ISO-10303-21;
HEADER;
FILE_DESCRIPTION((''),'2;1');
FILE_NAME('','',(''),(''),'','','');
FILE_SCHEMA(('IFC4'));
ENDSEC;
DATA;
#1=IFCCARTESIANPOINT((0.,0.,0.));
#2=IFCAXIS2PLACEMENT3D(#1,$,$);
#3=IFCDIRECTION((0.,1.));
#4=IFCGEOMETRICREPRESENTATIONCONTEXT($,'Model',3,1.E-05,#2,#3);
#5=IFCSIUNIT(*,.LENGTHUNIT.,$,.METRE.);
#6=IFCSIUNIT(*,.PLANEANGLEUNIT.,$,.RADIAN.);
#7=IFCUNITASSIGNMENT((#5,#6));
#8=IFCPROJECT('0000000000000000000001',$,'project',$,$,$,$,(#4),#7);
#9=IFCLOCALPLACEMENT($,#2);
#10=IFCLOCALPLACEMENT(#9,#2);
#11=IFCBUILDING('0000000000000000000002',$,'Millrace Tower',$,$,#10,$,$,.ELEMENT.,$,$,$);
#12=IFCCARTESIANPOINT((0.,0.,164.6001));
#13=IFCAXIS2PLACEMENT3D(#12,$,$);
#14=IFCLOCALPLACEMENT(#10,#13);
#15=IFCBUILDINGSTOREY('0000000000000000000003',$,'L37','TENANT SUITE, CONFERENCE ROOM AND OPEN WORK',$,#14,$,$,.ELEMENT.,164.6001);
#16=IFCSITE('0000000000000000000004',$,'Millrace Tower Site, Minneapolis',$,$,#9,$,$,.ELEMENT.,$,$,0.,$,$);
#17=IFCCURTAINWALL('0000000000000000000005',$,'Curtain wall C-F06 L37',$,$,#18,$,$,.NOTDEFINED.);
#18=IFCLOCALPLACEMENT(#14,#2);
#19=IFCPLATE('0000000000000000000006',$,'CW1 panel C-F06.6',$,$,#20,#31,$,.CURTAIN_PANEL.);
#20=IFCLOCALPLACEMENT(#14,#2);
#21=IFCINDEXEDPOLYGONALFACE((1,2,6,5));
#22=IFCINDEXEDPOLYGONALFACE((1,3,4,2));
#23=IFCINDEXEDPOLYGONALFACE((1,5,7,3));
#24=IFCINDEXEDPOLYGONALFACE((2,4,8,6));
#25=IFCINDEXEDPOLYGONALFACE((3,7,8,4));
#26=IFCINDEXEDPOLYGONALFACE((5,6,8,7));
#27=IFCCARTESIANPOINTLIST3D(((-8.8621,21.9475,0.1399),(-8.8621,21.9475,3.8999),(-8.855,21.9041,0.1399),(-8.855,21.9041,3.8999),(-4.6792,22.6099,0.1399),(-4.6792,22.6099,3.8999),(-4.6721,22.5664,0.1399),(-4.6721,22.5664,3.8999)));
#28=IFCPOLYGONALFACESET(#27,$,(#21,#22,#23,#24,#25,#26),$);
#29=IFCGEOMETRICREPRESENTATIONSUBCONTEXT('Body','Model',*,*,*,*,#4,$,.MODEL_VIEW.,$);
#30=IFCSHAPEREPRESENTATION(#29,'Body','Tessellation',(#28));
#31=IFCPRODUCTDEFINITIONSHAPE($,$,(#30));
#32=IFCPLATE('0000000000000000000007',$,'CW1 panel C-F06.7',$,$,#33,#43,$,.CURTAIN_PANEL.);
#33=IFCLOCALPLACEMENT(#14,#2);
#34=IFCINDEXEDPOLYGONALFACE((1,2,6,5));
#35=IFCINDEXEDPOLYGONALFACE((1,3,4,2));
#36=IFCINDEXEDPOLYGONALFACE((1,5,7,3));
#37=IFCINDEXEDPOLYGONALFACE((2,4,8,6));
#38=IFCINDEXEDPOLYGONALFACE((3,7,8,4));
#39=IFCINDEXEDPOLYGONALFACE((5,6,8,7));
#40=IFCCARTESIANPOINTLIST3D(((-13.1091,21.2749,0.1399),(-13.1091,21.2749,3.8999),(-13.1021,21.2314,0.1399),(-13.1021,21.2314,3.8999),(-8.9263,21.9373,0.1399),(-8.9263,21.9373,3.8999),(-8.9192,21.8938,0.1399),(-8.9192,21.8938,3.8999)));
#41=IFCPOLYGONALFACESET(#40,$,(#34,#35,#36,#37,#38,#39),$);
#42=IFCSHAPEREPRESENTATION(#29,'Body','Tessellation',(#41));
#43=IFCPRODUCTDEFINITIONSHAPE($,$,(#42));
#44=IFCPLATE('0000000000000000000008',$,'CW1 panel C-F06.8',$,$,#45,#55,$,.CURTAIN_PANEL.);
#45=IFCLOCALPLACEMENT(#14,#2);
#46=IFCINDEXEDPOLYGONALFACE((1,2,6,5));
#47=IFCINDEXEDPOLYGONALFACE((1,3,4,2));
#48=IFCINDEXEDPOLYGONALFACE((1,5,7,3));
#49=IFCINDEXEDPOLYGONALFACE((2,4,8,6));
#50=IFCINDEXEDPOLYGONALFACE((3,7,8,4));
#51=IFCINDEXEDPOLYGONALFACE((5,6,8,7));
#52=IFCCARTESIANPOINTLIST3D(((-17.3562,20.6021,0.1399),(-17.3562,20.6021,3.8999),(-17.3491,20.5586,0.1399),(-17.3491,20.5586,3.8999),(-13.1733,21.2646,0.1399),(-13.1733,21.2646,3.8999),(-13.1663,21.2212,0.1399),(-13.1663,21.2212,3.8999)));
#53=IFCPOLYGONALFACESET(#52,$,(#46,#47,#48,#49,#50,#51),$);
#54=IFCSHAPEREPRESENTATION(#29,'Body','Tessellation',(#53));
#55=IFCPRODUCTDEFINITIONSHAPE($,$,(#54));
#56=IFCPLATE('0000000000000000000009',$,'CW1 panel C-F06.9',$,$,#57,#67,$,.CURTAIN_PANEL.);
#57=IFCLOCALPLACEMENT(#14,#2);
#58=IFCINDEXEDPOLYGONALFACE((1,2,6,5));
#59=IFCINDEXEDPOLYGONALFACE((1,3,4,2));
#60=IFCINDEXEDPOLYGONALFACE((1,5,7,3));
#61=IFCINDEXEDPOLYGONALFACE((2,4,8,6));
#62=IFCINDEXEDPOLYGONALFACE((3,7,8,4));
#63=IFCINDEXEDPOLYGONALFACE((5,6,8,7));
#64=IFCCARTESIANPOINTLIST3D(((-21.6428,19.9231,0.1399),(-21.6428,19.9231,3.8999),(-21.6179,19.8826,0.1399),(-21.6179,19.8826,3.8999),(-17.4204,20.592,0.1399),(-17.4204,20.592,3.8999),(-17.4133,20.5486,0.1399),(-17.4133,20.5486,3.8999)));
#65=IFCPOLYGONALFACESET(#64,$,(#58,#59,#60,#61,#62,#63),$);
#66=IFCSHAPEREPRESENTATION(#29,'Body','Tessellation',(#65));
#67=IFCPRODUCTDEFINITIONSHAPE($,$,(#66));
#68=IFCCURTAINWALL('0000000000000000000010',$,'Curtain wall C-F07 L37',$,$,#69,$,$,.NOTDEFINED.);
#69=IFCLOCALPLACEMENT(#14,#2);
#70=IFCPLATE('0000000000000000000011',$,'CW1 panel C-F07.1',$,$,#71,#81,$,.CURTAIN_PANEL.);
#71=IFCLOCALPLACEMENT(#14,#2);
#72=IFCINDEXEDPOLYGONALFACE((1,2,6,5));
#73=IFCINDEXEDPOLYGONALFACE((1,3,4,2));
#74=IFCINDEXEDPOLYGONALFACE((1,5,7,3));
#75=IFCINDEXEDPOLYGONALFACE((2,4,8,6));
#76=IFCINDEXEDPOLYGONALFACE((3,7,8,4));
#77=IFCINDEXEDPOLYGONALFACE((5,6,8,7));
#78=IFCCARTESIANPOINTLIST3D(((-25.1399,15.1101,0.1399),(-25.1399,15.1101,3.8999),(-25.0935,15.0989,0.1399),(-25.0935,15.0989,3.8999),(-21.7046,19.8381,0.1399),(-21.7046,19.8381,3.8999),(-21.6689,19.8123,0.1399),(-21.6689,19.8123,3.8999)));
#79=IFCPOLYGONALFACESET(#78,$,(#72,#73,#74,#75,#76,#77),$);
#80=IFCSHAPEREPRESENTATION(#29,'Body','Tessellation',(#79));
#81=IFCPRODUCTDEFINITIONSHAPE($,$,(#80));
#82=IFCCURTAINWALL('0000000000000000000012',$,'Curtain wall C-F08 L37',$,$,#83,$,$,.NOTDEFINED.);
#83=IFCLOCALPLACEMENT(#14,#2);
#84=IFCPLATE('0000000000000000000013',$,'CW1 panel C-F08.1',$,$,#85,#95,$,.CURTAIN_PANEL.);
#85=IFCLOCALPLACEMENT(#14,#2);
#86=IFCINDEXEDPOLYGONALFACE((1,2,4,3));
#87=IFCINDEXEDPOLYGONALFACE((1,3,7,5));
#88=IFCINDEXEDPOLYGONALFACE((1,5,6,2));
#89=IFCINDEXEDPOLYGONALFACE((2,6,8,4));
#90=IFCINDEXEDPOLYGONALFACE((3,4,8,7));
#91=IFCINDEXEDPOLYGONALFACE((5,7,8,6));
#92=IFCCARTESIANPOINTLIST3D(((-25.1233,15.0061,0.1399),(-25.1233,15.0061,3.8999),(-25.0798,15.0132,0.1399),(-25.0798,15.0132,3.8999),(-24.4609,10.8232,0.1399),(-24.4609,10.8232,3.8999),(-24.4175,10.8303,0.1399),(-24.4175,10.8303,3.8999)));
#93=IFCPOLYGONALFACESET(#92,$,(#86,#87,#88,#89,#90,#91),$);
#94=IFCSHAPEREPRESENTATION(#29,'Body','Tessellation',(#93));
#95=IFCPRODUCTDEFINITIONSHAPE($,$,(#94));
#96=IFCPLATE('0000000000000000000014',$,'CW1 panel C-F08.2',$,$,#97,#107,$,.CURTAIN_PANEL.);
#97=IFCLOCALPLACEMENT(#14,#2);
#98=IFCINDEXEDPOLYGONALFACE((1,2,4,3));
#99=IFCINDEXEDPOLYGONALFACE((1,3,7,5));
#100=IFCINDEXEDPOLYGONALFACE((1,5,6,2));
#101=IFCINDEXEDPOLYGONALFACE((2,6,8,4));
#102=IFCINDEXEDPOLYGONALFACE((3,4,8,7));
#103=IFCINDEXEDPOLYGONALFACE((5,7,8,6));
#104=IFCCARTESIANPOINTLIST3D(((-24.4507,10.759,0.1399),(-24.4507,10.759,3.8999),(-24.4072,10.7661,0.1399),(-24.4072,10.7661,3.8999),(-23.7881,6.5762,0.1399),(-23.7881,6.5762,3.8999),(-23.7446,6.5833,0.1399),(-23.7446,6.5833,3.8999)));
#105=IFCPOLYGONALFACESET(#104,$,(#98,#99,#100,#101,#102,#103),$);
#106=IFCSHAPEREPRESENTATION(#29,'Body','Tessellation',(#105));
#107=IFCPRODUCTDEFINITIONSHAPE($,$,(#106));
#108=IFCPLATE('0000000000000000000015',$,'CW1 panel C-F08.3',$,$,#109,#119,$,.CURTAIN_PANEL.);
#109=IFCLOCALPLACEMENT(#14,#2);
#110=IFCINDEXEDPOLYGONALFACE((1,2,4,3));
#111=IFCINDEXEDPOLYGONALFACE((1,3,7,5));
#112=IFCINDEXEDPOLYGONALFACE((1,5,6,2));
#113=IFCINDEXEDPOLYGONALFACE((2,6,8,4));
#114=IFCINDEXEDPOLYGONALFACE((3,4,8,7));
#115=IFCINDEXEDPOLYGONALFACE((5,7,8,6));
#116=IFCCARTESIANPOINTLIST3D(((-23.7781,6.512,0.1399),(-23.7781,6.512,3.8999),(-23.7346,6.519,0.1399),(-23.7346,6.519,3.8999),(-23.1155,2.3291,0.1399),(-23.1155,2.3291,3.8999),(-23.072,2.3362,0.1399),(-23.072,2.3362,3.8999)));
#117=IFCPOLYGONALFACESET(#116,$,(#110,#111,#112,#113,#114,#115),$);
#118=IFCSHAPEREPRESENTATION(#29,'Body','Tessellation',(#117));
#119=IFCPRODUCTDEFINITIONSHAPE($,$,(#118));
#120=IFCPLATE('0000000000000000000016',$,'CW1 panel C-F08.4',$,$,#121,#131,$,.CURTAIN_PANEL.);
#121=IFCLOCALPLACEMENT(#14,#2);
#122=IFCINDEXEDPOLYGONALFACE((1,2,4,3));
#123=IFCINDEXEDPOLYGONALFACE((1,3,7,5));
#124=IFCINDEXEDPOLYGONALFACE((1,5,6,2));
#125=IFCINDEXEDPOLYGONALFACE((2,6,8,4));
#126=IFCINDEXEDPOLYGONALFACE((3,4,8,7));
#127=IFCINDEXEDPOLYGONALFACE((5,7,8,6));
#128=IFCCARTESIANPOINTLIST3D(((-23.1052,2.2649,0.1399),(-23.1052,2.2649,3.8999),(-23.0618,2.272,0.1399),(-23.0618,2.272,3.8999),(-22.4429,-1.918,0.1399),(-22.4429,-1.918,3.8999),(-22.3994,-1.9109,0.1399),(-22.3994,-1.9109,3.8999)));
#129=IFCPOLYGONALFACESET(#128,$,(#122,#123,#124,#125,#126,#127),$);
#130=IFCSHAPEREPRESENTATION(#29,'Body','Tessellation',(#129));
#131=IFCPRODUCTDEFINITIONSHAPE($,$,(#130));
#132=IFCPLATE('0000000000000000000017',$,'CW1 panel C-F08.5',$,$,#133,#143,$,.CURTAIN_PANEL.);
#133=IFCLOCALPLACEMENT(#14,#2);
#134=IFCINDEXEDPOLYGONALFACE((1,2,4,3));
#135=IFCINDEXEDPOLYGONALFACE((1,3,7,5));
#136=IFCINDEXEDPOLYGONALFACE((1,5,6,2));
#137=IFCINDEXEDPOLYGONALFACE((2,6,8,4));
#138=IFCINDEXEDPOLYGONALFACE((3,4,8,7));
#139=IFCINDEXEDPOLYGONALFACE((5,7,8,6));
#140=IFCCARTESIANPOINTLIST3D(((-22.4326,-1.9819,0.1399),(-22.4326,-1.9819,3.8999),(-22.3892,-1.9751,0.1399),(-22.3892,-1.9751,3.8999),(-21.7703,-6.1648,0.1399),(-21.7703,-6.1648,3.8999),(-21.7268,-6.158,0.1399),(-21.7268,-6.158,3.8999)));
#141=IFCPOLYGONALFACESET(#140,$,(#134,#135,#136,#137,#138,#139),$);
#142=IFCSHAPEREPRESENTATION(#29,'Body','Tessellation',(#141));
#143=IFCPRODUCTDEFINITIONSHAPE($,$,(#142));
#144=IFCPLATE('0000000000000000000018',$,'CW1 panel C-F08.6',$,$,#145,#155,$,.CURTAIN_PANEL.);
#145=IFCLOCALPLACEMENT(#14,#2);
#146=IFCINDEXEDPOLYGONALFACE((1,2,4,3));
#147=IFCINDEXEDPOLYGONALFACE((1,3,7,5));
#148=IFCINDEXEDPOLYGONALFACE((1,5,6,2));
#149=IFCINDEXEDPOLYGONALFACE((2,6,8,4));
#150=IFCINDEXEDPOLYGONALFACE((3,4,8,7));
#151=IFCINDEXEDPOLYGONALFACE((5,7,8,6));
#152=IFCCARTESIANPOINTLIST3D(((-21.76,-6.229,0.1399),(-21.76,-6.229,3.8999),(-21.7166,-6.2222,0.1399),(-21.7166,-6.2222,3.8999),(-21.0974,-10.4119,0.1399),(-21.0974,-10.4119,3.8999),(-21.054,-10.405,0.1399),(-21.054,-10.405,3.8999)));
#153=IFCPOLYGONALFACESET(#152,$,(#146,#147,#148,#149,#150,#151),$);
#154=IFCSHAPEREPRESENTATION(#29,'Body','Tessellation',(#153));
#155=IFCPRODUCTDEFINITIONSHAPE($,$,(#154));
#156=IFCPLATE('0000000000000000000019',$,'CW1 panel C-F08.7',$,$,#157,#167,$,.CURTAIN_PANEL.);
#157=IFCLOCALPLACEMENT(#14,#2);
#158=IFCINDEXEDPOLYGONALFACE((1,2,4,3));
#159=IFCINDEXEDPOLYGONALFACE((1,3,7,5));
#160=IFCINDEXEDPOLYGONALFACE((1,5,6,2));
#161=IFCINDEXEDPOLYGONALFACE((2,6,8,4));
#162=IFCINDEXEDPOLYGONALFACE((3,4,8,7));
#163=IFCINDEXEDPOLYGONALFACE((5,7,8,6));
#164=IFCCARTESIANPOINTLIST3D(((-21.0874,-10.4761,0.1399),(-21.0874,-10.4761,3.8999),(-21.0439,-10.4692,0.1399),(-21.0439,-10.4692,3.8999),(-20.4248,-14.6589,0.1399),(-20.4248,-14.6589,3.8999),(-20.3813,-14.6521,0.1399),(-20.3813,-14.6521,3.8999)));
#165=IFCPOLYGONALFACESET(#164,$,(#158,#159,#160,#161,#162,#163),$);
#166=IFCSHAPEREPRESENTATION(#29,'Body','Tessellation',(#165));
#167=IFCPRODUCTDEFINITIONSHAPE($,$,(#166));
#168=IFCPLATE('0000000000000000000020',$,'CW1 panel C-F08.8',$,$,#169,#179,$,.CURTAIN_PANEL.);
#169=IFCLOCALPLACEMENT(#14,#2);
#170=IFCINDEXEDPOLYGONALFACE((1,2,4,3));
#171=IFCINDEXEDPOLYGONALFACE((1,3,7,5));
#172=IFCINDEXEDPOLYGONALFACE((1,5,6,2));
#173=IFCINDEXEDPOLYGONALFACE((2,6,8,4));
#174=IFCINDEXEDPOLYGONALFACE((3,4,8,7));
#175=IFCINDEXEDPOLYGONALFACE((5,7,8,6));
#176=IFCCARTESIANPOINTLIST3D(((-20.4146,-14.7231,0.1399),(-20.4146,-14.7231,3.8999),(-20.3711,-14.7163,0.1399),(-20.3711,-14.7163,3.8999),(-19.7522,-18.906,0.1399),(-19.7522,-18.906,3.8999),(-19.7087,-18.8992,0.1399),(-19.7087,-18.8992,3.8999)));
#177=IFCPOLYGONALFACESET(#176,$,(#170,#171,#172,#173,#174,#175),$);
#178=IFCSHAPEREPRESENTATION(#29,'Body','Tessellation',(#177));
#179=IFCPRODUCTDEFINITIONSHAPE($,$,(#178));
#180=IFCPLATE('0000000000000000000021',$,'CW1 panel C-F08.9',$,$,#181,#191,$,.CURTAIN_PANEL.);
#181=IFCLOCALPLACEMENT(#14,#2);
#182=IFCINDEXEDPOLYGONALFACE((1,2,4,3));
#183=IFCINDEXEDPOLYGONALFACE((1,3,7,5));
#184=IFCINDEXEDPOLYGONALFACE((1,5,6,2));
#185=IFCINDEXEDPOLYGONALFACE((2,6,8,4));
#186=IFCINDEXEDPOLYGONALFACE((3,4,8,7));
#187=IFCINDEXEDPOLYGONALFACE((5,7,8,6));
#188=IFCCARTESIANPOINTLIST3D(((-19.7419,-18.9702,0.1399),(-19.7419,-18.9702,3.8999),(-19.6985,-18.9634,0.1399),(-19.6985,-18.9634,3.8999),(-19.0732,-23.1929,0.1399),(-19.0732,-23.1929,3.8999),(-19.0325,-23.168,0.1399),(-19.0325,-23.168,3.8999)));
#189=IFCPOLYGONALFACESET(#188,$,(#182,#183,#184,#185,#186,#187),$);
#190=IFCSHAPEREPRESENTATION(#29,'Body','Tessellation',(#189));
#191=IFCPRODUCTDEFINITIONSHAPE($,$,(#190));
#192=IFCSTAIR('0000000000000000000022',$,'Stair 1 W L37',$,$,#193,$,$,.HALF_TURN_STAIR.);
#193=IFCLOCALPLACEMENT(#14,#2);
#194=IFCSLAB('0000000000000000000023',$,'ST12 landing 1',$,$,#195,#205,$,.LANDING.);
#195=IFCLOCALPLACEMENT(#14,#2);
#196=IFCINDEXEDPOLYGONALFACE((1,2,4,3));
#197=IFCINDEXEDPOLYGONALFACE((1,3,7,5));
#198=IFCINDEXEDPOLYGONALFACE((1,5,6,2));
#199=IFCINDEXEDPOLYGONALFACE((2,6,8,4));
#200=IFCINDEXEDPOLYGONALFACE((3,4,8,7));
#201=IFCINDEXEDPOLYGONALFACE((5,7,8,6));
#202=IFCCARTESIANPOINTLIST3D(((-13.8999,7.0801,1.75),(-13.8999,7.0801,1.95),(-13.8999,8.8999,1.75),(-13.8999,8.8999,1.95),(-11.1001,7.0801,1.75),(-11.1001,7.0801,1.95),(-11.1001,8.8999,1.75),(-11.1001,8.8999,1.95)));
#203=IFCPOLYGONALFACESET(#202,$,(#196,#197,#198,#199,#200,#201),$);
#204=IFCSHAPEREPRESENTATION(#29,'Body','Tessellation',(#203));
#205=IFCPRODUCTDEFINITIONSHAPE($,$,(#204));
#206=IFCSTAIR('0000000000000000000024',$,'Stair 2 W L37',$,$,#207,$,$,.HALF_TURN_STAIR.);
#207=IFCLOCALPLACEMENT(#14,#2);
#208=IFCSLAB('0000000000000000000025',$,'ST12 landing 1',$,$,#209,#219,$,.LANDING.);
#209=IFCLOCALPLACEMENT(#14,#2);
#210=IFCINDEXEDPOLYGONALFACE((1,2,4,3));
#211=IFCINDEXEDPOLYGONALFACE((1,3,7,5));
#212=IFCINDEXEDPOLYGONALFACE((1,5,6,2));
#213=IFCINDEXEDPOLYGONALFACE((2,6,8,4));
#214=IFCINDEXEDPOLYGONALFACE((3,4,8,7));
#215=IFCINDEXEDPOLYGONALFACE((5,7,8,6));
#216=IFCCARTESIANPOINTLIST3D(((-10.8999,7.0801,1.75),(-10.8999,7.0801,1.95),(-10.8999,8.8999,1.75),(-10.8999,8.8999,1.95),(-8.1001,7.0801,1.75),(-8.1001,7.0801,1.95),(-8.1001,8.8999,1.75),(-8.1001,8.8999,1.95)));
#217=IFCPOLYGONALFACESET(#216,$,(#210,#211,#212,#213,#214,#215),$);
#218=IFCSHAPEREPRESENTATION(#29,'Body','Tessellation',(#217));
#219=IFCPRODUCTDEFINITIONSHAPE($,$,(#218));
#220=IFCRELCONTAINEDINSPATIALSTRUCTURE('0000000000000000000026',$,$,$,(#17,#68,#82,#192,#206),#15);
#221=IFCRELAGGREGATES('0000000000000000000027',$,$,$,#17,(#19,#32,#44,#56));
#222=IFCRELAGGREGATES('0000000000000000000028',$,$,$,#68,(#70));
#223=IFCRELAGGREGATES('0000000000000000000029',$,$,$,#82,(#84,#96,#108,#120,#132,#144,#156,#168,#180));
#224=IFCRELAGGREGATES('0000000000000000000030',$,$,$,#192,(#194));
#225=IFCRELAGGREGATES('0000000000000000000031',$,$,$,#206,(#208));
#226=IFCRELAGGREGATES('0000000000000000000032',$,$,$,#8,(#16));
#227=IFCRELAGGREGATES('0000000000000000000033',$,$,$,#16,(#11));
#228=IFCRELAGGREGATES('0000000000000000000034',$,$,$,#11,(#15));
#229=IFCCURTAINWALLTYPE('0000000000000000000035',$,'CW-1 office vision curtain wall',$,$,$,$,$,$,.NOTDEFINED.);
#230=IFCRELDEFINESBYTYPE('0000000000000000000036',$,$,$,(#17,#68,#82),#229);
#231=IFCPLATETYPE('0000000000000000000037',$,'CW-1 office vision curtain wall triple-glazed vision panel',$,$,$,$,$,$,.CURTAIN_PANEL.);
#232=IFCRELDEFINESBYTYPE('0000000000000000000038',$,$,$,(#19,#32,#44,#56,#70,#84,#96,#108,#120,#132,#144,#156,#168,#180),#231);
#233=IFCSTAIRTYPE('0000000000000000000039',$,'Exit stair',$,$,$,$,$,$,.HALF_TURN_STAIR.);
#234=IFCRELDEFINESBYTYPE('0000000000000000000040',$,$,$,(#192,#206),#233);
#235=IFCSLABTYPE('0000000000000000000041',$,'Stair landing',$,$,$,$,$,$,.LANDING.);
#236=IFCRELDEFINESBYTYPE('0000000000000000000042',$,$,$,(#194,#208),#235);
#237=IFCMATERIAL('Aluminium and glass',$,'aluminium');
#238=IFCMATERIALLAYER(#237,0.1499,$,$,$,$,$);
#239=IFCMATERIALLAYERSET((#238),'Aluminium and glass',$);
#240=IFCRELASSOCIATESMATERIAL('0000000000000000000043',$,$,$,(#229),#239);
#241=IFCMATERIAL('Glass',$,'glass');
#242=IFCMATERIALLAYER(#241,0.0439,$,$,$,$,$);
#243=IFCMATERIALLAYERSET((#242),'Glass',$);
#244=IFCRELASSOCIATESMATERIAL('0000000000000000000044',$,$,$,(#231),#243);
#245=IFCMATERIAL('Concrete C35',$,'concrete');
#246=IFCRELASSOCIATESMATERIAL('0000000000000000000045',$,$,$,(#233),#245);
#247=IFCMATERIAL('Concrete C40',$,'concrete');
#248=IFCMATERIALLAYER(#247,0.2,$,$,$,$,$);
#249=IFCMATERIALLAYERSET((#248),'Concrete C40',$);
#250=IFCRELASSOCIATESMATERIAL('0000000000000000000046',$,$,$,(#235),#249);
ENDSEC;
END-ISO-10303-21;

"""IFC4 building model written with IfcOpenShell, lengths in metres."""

from ifc_helpers import new_model, si_unit, direction, frame, origin, place, context, subcontext, project, spatial, polyline, outline, extrude, material, layer, layer_set, type_object, element, aggregate, save


model = new_model("IFC4")

# Units and contexts
model_context = context("Model", 3, precision=1e-05, world=origin(), true_north=direction((0.0, 1.0)))
body_context = subcontext(model_context, "Body", "Model", "MODEL_VIEW")
ifc_project = project(units=[si_unit("LENGTHUNIT", "METRE"), si_unit("PLANEANGLEUNIT", "RADIAN")], contexts=[model_context])

# Site, building, storey
site_placement = place(None, origin())
site = spatial("IfcSite", under=ifc_project, at=site_placement, Name="Millrace Tower Site, Minneapolis", CompositionType="ELEMENT", RefElevation=0.0)
building_placement = place(site_placement, origin())
building = spatial("IfcBuilding", under=site, at=building_placement, Name="Millrace Tower", CompositionType="ELEMENT")
storey_placement = place(building_placement, frame((0.0, 0.0, 164.6001)))
storey = spatial("IfcBuildingStorey", under=building, at=storey_placement, Name="L37", Description="TENANT SUITE, CONFERENCE ROOM AND OPEN WORK", CompositionType="ELEMENT", Elevation=164.6001)

# Curtain wall, plates
ifc_material_1 = material(Name="Aluminium and glass", Category="aluminium")
ifc_layer_1 = layer(ifc_material_1, 0.1499)
ifc_layer_set_1 = layer_set([ifc_layer_1], Name="Aluminium and glass")
curtain_wall_type = type_object("IfcCurtainWallType", Name="CW-1 office vision curtain wall", PredefinedType="NOTDEFINED", material=ifc_layer_set_1)
placement_1 = place(storey_placement, origin())
curtain_wall_1 = element("IfcCurtainWall", 1, at=placement_1, inside=storey, type_object=curtain_wall_type, Name="Curtain wall C-F06 L37", PredefinedType="NOTDEFINED")
ifc_material_2 = material(Name="Glass", Category="glass")
ifc_layer_2 = layer(ifc_material_2, 0.0439)
ifc_layer_set_2 = layer_set([ifc_layer_2], Name="Glass")
plate_type = type_object("IfcPlateType", Name="CW-1 office vision curtain wall triple-glazed vision panel", PredefinedType="CURTAIN_PANEL", material=ifc_layer_set_2)
placement_2 = place(storey_placement, frame((0.0, 0.0, 0.1399)))
plate_1 = element("IfcPlate", 2, at=placement_2, type_object=plate_type, Name="CW1 panel C-F06.6", PredefinedType="CURTAIN_PANEL", context=body_context, shape_type="SweptSolid", body=[
    extrude(outline(polyline([(-4.6792, 22.6099), (-8.8621, 21.9475), (-8.855, 21.9041), (-4.6721, 22.5664), (-4.6792, 22.6099)])), origin(), (0.0, 0.0, 1.0), 3.76),
])
plate_2 = element("IfcPlate", 3, at=placement_2, type_object=plate_type, Name="CW1 panel C-F06.7", PredefinedType="CURTAIN_PANEL", context=body_context, shape_type="SweptSolid", body=[
    extrude(outline(polyline([(-8.9263, 21.9373), (-13.1091, 21.2749), (-13.1021, 21.2314), (-8.9192, 21.8938), (-8.9263, 21.9373)])), origin(), (0.0, 0.0, 1.0), 3.76),
])
plate_3 = element("IfcPlate", 4, at=placement_2, type_object=plate_type, Name="CW1 panel C-F06.8", PredefinedType="CURTAIN_PANEL", context=body_context, shape_type="SweptSolid", body=[
    extrude(outline(polyline([(-13.1733, 21.2646), (-17.3562, 20.6021), (-17.3491, 20.5586), (-13.1663, 21.2212), (-13.1733, 21.2646)])), origin(), (0.0, 0.0, 1.0), 3.76),
])
plate_4 = element("IfcPlate", 5, at=placement_2, type_object=plate_type, Name="CW1 panel C-F06.9", PredefinedType="CURTAIN_PANEL", context=body_context, shape_type="SweptSolid", body=[
    extrude(outline(polyline([(-17.4204, 20.592), (-21.6428, 19.9231), (-21.6179, 19.8826), (-17.4133, 20.5486), (-17.4204, 20.592)])), origin(), (0.0, 0.0, 1.0), 3.76),
])
aggregate(curtain_wall_1, [plate_1, plate_2, plate_3, plate_4])

# Curtain wall, plate
curtain_wall_2 = element("IfcCurtainWall", 6, at=placement_1, inside=storey, type_object=curtain_wall_type, Name="Curtain wall C-F07 L37", PredefinedType="NOTDEFINED")
plate_5 = element("IfcPlate", 7, at=placement_2, type_object=plate_type, Name="CW1 panel C-F07.1", PredefinedType="CURTAIN_PANEL", context=body_context, shape_type="SweptSolid", body=[
    extrude(outline(polyline([(-21.7046, 19.8381), (-25.1399, 15.1101), (-25.0935, 15.0989), (-21.6689, 19.8123), (-21.7046, 19.8381)])), origin(), (0.0, 0.0, 1.0), 3.76),
])
aggregate(curtain_wall_2, [plate_5])

# Curtain wall, plates
curtain_wall_3 = element("IfcCurtainWall", 8, at=placement_1, inside=storey, type_object=curtain_wall_type, Name="Curtain wall C-F08 L37", PredefinedType="NOTDEFINED")
plate_6 = element("IfcPlate", 9, at=placement_2, type_object=plate_type, Name="CW1 panel C-F08.1", PredefinedType="CURTAIN_PANEL", context=body_context, shape_type="SweptSolid", body=[
    extrude(outline(polyline([(-25.1233, 15.0061), (-24.4609, 10.8232), (-24.4175, 10.8303), (-25.0798, 15.0132), (-25.1233, 15.0061)])), origin(), (0.0, 0.0, 1.0), 3.76),
])
plate_7 = element("IfcPlate", 10, at=placement_2, type_object=plate_type, Name="CW1 panel C-F08.2", PredefinedType="CURTAIN_PANEL", context=body_context, shape_type="SweptSolid", body=[
    extrude(outline(polyline([(-24.4507, 10.759), (-23.7881, 6.5762), (-23.7446, 6.5833), (-24.4072, 10.7661), (-24.4507, 10.759)])), origin(), (0.0, 0.0, 1.0), 3.76),
])
plate_8 = element("IfcPlate", 11, at=placement_2, type_object=plate_type, Name="CW1 panel C-F08.3", PredefinedType="CURTAIN_PANEL", context=body_context, shape_type="SweptSolid", body=[
    extrude(outline(polyline([(-23.7781, 6.512), (-23.1155, 2.3291), (-23.072, 2.3362), (-23.7346, 6.519), (-23.7781, 6.512)])), origin(), (0.0, 0.0, 1.0), 3.76),
])
plate_9 = element("IfcPlate", 12, at=placement_2, type_object=plate_type, Name="CW1 panel C-F08.4", PredefinedType="CURTAIN_PANEL", context=body_context, shape_type="SweptSolid", body=[
    extrude(outline(polyline([(-23.1052, 2.2649), (-22.4429, -1.918), (-22.3994, -1.9109), (-23.0618, 2.272), (-23.1052, 2.2649)])), origin(), (0.0, 0.0, 1.0), 3.76),
])
plate_10 = element("IfcPlate", 13, at=placement_2, type_object=plate_type, Name="CW1 panel C-F08.5", PredefinedType="CURTAIN_PANEL", context=body_context, shape_type="SweptSolid", body=[
    extrude(outline(polyline([(-22.4326, -1.9819), (-21.7703, -6.1648), (-21.7268, -6.158), (-22.3892, -1.9751), (-22.4326, -1.9819)])), origin(), (0.0, 0.0, 1.0), 3.76),
])
plate_11 = element("IfcPlate", 14, at=placement_2, type_object=plate_type, Name="CW1 panel C-F08.6", PredefinedType="CURTAIN_PANEL", context=body_context, shape_type="SweptSolid", body=[
    extrude(outline(polyline([(-21.76, -6.229), (-21.0974, -10.4119), (-21.054, -10.405), (-21.7166, -6.2222), (-21.76, -6.229)])), origin(), (0.0, 0.0, 1.0), 3.76),
])
plate_12 = element("IfcPlate", 15, at=placement_2, type_object=plate_type, Name="CW1 panel C-F08.7", PredefinedType="CURTAIN_PANEL", context=body_context, shape_type="SweptSolid", body=[
    extrude(outline(polyline([(-21.0874, -10.4761), (-20.4248, -14.6589), (-20.3813, -14.6521), (-21.0439, -10.4692), (-21.0874, -10.4761)])), origin(), (0.0, 0.0, 1.0), 3.76),
])
plate_13 = element("IfcPlate", 16, at=placement_2, type_object=plate_type, Name="CW1 panel C-F08.8", PredefinedType="CURTAIN_PANEL", context=body_context, shape_type="SweptSolid", body=[
    extrude(outline(polyline([(-20.4146, -14.7231), (-19.7522, -18.906), (-19.7087, -18.8992), (-20.3711, -14.7163), (-20.4146, -14.7231)])), origin(), (0.0, 0.0, 1.0), 3.76),
])
plate_14 = element("IfcPlate", 17, at=placement_2, type_object=plate_type, Name="CW1 panel C-F08.9", PredefinedType="CURTAIN_PANEL", context=body_context, shape_type="SweptSolid", body=[
    extrude(outline(polyline([(-19.7419, -18.9702), (-19.0732, -23.1929), (-19.0325, -23.168), (-19.6985, -18.9634), (-19.7419, -18.9702)])), origin(), (0.0, 0.0, 1.0), 3.76),
])
aggregate(curtain_wall_3, [plate_6, plate_7, plate_8, plate_9, plate_10, plate_11, plate_12, plate_13, plate_14])

# Stairs, slabs
ifc_material_3 = material(Name="Concrete C35", Category="concrete")
stair_type = type_object("IfcStairType", Name="Exit stair", PredefinedType="HALF_TURN_STAIR", material=ifc_material_3)
stair_1 = element("IfcStair", 18, at=placement_1, inside=storey, type_object=stair_type, Name="Stair 1 W L37", PredefinedType="HALF_TURN_STAIR")
ifc_material_4 = material(Name="Concrete C40", Category="concrete")
ifc_layer_3 = layer(ifc_material_4, 0.2)
ifc_layer_set_3 = layer_set([ifc_layer_3], Name="Concrete C40")
slab_type = type_object("IfcSlabType", Name="Stair landing", PredefinedType="LANDING", material=ifc_layer_set_3)
placement_3 = place(storey_placement, frame((0.0, 0.0, 1.75)))
slab_1 = element("IfcSlab", 19, at=placement_3, type_object=slab_type, Name="ST12 landing 1", PredefinedType="LANDING", context=body_context, shape_type="SweptSolid", body=[
    extrude(outline(polyline([(-13.8999, 7.0801), (-11.1001, 7.0801), (-11.1001, 8.8999), (-13.8999, 8.8999), (-13.8999, 7.0801)])), origin(), (0.0, 0.0, 1.0), 0.2),
])
aggregate(stair_1, [slab_1])
stair_2 = element("IfcStair", 20, at=placement_1, inside=storey, type_object=stair_type, Name="Stair 2 W L37", PredefinedType="HALF_TURN_STAIR")
slab_2 = element("IfcSlab", 21, at=placement_3, type_object=slab_type, Name="ST12 landing 1", PredefinedType="LANDING", context=body_context, shape_type="SweptSolid", body=[
    extrude(outline(polyline([(-10.8999, 7.0801), (-8.1001, 7.0801), (-8.1001, 8.8999), (-10.8999, 8.8999), (-10.8999, 7.0801)])), origin(), (0.0, 0.0, 1.0), 0.2),
])
aggregate(stair_2, [slab_2])

save(model, "model.ifc")
